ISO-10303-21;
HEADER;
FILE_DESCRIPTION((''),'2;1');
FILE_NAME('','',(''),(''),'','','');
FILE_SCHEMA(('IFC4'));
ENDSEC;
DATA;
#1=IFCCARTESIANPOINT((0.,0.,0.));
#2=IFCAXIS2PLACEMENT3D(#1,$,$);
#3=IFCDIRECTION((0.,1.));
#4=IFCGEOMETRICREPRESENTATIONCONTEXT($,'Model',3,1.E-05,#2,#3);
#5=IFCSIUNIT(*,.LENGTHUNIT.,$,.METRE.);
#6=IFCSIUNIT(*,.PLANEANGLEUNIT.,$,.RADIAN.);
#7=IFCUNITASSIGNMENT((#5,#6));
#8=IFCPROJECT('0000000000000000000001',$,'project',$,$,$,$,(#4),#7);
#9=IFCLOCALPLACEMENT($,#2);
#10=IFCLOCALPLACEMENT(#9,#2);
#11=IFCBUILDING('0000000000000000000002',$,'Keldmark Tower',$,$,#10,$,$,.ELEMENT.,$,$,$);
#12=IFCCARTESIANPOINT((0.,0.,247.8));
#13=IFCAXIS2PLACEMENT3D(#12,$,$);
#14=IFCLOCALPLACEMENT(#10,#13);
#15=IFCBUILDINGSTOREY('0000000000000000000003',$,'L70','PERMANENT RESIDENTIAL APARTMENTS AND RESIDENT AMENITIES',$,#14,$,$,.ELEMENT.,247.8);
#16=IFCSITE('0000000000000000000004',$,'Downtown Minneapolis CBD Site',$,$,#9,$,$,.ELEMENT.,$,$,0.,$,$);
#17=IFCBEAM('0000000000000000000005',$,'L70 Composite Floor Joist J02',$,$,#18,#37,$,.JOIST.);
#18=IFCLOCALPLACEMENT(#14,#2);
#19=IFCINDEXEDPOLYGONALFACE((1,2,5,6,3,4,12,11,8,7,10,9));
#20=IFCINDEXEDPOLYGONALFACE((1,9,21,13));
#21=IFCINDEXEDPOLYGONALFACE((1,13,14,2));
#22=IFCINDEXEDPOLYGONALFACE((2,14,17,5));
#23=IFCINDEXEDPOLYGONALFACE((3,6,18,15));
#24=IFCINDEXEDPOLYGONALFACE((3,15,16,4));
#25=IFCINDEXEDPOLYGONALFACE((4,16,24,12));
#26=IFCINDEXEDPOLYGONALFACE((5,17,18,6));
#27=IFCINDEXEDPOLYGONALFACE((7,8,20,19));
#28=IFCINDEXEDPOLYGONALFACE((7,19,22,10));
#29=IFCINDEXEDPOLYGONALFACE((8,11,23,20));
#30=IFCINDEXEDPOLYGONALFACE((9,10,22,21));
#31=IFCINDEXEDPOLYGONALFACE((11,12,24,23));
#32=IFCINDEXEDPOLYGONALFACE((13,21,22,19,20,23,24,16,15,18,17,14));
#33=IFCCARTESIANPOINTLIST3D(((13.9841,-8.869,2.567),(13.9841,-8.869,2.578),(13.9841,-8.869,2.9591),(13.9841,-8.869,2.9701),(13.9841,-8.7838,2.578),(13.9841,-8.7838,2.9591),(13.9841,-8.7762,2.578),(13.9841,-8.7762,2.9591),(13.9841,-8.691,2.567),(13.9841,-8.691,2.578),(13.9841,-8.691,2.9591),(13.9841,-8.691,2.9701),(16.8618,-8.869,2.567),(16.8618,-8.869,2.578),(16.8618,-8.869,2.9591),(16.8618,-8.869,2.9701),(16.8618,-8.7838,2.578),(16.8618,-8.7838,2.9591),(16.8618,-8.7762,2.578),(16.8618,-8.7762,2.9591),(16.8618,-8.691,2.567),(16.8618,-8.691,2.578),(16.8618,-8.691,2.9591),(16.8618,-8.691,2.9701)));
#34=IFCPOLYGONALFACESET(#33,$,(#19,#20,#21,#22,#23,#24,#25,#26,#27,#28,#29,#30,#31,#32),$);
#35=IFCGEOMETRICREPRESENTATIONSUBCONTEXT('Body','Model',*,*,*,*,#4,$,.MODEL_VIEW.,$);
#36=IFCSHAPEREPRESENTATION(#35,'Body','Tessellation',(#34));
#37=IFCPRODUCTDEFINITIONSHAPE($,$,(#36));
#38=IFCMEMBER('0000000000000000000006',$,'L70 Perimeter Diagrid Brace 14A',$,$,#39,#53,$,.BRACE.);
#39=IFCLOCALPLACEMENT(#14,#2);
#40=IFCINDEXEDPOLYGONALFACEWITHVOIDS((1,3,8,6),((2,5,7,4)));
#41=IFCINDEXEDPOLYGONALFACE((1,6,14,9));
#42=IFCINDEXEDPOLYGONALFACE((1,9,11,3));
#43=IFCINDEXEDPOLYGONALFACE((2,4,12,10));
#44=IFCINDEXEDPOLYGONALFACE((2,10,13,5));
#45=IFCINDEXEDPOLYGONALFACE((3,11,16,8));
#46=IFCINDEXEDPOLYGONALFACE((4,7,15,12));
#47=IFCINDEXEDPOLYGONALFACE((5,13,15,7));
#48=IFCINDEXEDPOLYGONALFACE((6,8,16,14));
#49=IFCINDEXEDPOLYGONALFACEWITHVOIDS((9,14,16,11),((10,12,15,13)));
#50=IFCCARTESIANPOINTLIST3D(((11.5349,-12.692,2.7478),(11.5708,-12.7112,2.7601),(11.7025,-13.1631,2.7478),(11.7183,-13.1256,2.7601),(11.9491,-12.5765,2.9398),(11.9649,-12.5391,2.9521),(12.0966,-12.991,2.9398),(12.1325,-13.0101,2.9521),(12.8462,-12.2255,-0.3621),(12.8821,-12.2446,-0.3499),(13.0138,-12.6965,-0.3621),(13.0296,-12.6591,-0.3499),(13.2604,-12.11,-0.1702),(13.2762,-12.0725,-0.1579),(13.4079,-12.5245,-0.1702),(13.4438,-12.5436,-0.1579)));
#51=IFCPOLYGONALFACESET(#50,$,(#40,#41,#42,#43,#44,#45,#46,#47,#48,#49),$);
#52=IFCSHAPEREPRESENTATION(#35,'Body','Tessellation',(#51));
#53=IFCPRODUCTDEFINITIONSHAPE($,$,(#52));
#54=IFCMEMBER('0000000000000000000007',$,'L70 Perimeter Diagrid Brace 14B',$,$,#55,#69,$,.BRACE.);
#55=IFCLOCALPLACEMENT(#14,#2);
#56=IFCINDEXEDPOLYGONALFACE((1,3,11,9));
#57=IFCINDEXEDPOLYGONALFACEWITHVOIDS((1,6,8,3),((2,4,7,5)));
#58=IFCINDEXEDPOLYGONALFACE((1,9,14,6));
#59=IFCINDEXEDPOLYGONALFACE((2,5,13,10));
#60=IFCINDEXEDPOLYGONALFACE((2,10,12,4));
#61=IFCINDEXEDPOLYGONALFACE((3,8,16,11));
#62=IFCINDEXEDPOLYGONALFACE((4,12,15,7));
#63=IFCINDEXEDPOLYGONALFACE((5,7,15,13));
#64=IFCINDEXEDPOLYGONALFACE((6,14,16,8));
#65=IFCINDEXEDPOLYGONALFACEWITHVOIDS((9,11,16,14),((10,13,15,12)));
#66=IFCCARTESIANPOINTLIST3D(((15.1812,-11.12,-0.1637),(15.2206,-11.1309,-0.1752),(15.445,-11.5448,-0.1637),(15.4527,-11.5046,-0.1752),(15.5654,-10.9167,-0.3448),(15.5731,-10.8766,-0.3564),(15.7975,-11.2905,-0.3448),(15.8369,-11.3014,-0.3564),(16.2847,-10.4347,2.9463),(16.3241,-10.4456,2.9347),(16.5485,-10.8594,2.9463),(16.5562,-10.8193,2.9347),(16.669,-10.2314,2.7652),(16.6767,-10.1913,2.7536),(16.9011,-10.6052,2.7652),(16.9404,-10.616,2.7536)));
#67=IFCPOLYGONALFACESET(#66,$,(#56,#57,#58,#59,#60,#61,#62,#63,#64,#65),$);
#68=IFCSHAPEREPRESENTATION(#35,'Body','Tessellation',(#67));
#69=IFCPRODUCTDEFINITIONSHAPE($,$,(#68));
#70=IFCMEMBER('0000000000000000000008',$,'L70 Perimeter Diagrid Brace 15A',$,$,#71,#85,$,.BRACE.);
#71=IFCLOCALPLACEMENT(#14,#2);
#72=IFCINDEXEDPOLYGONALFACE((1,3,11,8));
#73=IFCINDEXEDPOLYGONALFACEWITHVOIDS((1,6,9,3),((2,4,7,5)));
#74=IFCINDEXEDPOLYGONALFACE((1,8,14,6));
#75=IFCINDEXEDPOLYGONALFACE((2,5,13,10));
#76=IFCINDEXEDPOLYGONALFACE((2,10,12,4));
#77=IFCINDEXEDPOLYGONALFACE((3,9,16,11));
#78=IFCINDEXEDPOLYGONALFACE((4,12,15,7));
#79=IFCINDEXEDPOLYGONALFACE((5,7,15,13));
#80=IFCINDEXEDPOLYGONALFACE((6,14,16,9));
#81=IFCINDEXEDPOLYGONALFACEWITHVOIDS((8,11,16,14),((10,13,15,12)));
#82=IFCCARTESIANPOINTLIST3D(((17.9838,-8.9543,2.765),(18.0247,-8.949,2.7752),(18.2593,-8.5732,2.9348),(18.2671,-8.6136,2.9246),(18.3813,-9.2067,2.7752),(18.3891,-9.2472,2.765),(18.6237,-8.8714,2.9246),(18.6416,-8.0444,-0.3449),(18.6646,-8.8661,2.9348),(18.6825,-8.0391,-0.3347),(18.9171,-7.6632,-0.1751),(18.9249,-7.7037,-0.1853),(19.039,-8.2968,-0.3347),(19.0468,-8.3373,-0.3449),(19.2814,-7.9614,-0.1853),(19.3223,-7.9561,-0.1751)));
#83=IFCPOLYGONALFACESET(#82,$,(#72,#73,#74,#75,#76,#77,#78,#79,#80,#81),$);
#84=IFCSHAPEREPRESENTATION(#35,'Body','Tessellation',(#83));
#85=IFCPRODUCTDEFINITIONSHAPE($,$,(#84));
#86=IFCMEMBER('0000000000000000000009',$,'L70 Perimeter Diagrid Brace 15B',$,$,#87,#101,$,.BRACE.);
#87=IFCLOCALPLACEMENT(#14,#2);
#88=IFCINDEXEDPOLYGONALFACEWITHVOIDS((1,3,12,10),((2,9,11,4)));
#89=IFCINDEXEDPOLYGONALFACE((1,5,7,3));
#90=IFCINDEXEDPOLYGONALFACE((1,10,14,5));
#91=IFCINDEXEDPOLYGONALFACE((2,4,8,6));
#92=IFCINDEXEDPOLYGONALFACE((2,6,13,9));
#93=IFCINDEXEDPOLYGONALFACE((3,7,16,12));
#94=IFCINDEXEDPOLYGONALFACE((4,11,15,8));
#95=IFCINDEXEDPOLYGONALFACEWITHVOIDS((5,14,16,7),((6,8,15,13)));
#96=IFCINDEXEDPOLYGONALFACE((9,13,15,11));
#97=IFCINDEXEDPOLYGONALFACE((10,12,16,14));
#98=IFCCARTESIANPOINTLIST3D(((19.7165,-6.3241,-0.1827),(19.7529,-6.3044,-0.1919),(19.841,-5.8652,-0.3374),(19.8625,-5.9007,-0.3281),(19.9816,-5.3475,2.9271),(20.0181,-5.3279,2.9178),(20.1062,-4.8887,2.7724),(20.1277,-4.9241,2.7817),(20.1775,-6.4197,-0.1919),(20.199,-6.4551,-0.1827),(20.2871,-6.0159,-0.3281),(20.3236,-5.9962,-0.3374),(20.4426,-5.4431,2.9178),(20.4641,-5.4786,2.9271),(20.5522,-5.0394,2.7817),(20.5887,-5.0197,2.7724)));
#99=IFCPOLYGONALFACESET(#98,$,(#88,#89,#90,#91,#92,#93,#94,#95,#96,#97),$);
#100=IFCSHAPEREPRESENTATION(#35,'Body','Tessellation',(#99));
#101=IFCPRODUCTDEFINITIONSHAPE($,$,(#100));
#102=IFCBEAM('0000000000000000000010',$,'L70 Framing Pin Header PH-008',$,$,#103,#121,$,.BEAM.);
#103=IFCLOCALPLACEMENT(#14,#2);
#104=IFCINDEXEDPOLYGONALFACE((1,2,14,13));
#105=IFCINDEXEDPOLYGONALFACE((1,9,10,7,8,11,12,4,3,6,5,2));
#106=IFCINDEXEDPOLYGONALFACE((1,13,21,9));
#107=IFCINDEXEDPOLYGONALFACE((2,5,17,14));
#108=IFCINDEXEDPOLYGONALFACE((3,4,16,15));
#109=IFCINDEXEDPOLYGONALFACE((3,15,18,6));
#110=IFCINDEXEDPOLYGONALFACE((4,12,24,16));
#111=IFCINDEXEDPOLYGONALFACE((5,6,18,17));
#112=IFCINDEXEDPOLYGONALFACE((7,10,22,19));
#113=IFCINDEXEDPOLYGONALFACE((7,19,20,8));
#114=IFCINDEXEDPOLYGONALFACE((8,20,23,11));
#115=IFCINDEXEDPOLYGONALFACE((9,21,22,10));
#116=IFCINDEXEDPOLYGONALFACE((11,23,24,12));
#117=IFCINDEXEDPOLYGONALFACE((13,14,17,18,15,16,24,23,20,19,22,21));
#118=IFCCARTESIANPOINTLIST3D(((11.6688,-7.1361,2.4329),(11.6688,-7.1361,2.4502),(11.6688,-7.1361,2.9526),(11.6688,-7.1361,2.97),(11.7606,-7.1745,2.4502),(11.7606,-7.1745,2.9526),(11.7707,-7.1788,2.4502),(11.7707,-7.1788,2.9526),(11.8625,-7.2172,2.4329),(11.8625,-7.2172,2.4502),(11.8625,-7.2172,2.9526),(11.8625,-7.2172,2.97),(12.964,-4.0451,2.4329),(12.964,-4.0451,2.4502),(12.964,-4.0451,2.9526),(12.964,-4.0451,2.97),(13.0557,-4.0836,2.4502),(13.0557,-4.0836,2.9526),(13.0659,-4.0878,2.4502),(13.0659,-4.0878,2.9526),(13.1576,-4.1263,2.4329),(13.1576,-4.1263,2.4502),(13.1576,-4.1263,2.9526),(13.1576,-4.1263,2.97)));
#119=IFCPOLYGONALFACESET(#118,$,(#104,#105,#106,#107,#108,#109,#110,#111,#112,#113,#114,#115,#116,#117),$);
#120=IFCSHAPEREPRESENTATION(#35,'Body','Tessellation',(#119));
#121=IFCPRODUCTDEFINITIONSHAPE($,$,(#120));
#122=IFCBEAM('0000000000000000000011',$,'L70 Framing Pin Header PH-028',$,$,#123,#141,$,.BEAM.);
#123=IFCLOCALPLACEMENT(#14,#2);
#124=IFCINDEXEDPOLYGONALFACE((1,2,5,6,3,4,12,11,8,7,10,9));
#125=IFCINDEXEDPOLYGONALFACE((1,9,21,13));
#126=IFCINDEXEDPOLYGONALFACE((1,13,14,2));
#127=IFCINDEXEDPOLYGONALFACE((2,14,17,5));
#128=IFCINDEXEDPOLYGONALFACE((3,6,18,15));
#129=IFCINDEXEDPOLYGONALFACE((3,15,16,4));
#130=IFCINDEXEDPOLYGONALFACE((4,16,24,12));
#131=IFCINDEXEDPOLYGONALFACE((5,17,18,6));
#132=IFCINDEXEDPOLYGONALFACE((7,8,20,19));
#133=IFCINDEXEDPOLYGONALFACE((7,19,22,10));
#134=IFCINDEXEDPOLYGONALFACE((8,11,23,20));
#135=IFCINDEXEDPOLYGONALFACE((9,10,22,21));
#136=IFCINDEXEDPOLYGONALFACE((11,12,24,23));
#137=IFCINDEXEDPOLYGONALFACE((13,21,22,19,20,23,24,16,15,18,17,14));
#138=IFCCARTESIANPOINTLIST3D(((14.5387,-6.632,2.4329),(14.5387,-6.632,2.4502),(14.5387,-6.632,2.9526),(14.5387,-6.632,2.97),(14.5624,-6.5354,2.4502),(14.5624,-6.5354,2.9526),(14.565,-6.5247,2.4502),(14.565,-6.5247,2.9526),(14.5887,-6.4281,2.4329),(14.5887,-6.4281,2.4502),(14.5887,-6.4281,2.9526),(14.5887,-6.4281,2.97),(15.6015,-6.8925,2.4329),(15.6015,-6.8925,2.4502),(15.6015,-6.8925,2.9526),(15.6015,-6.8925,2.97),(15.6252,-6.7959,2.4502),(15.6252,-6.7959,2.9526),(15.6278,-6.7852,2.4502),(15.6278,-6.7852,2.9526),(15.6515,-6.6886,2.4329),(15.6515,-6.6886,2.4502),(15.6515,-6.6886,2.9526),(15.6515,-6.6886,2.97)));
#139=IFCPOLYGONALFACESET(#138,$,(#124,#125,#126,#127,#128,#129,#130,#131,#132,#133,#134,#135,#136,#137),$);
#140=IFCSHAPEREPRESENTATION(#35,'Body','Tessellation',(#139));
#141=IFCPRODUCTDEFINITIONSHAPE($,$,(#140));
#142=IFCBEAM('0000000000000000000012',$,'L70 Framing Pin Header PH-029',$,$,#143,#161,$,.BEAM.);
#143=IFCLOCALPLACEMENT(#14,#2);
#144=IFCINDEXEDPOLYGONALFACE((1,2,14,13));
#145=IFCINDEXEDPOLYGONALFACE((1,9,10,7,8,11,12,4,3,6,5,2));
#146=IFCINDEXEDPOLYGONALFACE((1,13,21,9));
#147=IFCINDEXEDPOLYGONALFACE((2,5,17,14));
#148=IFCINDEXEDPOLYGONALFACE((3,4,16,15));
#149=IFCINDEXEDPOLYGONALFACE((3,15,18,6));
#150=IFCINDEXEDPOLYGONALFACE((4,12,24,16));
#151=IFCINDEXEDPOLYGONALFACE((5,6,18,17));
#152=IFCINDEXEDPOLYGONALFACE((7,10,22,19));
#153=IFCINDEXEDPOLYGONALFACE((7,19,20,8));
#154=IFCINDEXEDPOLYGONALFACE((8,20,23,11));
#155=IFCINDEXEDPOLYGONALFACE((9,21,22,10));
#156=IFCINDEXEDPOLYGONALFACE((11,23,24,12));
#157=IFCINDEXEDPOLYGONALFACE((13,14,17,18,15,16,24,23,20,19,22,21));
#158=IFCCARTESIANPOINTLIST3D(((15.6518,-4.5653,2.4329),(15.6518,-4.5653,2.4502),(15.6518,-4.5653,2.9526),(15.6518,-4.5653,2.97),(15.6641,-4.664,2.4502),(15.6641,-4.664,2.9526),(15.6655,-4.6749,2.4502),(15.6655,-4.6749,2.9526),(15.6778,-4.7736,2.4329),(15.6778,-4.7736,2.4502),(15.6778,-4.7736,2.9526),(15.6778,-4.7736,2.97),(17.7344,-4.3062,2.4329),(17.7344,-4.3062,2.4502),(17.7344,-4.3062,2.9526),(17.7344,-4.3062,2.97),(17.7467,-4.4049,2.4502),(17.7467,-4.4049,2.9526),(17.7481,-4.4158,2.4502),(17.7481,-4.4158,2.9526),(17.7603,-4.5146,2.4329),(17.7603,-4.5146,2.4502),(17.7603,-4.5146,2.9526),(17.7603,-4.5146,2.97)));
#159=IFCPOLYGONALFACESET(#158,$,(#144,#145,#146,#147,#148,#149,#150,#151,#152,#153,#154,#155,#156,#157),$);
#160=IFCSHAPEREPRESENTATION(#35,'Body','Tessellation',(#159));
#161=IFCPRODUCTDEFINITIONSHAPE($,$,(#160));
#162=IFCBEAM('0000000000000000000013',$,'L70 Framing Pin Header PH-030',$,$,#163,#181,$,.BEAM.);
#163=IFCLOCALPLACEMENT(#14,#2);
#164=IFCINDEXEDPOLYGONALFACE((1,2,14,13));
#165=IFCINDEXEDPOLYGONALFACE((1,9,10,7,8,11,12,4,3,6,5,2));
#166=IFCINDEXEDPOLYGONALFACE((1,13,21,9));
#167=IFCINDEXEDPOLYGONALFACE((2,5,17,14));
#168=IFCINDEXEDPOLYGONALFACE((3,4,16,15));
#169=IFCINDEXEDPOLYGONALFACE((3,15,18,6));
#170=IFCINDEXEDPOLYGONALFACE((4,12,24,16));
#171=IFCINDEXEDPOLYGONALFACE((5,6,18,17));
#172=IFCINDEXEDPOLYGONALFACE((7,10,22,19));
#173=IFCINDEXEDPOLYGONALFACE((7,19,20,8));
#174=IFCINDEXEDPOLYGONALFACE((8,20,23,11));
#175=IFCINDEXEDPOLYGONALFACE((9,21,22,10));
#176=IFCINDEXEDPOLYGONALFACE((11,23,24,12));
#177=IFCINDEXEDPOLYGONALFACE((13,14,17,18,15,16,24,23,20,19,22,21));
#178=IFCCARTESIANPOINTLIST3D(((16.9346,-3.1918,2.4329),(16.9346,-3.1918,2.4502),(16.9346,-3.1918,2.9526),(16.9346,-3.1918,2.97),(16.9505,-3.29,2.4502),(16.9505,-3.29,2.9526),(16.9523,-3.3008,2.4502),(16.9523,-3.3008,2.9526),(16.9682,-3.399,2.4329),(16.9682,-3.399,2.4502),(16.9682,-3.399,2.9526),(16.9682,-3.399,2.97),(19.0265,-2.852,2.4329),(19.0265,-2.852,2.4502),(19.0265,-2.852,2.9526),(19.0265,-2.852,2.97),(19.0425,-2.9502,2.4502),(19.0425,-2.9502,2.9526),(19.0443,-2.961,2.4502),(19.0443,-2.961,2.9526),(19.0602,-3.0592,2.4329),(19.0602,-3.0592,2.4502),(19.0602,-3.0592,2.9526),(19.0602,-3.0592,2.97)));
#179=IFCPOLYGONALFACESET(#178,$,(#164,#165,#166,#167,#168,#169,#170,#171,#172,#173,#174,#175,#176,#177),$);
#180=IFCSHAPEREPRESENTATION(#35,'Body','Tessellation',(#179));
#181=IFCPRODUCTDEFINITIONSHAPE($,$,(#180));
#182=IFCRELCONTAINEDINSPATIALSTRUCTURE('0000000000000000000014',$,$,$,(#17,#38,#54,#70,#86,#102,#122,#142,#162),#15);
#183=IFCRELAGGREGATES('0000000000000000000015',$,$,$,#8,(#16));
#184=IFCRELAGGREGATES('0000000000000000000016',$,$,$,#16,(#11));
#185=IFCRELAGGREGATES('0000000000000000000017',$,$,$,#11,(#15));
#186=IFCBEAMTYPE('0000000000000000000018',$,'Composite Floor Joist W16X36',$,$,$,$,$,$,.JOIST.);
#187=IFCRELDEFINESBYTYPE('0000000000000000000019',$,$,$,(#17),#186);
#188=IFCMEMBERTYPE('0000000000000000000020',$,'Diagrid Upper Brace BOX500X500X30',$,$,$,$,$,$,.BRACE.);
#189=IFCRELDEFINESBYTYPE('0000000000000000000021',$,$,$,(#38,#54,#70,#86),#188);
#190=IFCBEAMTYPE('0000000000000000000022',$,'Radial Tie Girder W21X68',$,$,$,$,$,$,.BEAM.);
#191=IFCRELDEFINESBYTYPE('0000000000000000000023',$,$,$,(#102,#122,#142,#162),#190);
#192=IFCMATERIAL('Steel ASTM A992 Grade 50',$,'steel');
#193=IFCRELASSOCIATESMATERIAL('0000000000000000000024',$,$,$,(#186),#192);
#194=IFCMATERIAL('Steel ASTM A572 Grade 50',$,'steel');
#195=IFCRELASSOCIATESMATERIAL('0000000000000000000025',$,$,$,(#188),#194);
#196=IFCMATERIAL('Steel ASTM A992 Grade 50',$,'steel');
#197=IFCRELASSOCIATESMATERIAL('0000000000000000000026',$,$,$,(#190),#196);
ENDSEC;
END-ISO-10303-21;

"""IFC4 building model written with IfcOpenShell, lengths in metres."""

from ifc_helpers import new_model, si_unit, direction, frame, origin, origin_2d, place, context, subcontext, project, spatial, hollow_rectangle, i_section, extrude, material, material_profile, profile_set, type_object, element, save


model = new_model("IFC4")

# Units and contexts
model_context = context("Model", 3, precision=1e-05, world=origin(), true_north=direction((0.0, 1.0)))
body_context = subcontext(model_context, "Body", "Model", "MODEL_VIEW")
ifc_project = project(units=[si_unit("LENGTHUNIT", "METRE"), si_unit("PLANEANGLEUNIT", "RADIAN")], contexts=[model_context])

# Site, building, storey
site_placement = place(None, origin())
site = spatial("IfcSite", under=ifc_project, at=site_placement, Name="Downtown Minneapolis CBD Site", CompositionType="ELEMENT", RefElevation=0.0)
building_placement = place(site_placement, origin())
building = spatial("IfcBuilding", under=site, at=building_placement, Name="Keldmark Tower", CompositionType="ELEMENT")
storey_placement = place(building_placement, frame((0.0, 0.0, 247.8)))
storey = spatial("IfcBuildingStorey", under=building, at=storey_placement, Name="L70", Description="PERMANENT RESIDENTIAL APARTMENTS AND RESIDENT AMENITIES", CompositionType="ELEMENT", Elevation=247.8)

# Beam
ifc_material_1 = material(Name="Steel ASTM A992 Grade 50", Category="steel")
ifc_material_profile_1 = material_profile(ifc_material_1, i_section(OverallWidth=0.178, OverallDepth=0.4031, WebThickness=0.0076, FlangeThickness=0.011, at=origin_2d()), Name="W16X36")
ifc_profile_set_1 = profile_set([ifc_material_profile_1], Name="Steel ASTM A992 Grade 50")
beam_type_1 = type_object("IfcBeamType", Name="Composite Floor Joist W16X36", PredefinedType="JOIST", material=ifc_profile_set_1)
beam_1_placement = place(storey_placement, frame((13.9841, -8.78, 2.7686), z_axis=(1.0, 0.0, 0.0), x_axis=(0.0, 1.0, 0.0)))
element("IfcBeam", 1, at=beam_1_placement, inside=storey, type_object=beam_type_1, Name="L70 Composite Floor Joist J02", PredefinedType="JOIST", context=body_context, shape_type="SweptSolid", body=[
    extrude(i_section(OverallWidth=0.178, OverallDepth=0.4031, WebThickness=0.0076, FlangeThickness=0.011, at=origin_2d()), origin(), (0.0, 0.0, 1.0), 2.8777),
])

# Members
ifc_material_2 = material(Name="Steel ASTM A572 Grade 50", Category="steel")
ifc_material_profile_2 = material_profile(ifc_material_2, hollow_rectangle(XDim=0.5, YDim=0.5, WallThickness=0.03, at=origin_2d()), Name="BOX500X500X30")
ifc_profile_set_2 = profile_set([ifc_material_profile_2], Name="Steel ASTM A572 Grade 50")
member_type = type_object("IfcMemberType", Name="Diagrid Upper Brace BOX500X500X30", PredefinedType="BRACE", material=ifc_profile_set_2)
member_1_placement = place(storey_placement, frame((13.145, -12.3845, -0.26), z_axis=(-0.384866, -0.136935, 0.912758), x_axis=(0.335214, -0.942142, 0.0)))
element("IfcMember", 2, at=member_1_placement, inside=storey, type_object=member_type, Name="L70 Perimeter Diagrid Brace 14A", PredefinedType="BRACE", context=body_context, shape_type="SweptSolid", body=[
    extrude(hollow_rectangle(XDim=0.5, YDim=0.5, WallThickness=0.03, at=origin_2d()), origin(), (0.0, 0.0, 1.0), 3.4072),
])
member_2_placement = place(storey_placement, frame((15.509, -11.2107, -0.26), z_axis=(0.327428, 0.203338, 0.922738), x_axis=(-0.527564, 0.849515, 0.0)))
element("IfcMember", 3, at=member_2_placement, inside=storey, type_object=member_type, Name="L70 Perimeter Diagrid Brace 14B", PredefinedType="BRACE", context=body_context, shape_type="SweptSolid", body=[
    extrude(hollow_rectangle(XDim=0.5, YDim=0.5, WallThickness=0.03, at=origin_2d()), origin(), (0.0, 0.0, 1.0), 3.3704),
])
member_3_placement = place(storey_placement, frame((18.9819, -8.0002, -0.26), z_axis=(-0.198926, -0.275204, 0.94058), x_axis=(0.810444, -0.585816, 0.0)))
element("IfcMember", 4, at=member_3_placement, inside=storey, type_object=member_type, Name="L70 Perimeter Diagrid Brace 15A", PredefinedType="BRACE", context=body_context, shape_type="SweptSolid", body=[
    extrude(hollow_rectangle(XDim=0.5, YDim=0.5, WallThickness=0.03, at=origin_2d()), origin(), (0.0, 0.0, 1.0), 3.3064),
])
member_4_placement = place(storey_placement, frame((20.02, -6.1602, -0.26), z_axis=(0.081073, 0.298611, 0.950925), x_axis=(-0.965064, 0.262015, 0.0)))
element("IfcMember", 5, at=member_4_placement, inside=storey, type_object=member_type, Name="L70 Perimeter Diagrid Brace 15B", PredefinedType="BRACE", context=body_context, shape_type="SweptSolid", body=[
    extrude(hollow_rectangle(XDim=0.5, YDim=0.5, WallThickness=0.03, at=origin_2d()), origin(), (0.0, 0.0, 1.0), 3.2703),
])

# Beams
ifc_material_3 = material(Name="Steel ASTM A992 Grade 50", Category="steel")
ifc_material_profile_3 = material_profile(ifc_material_3, i_section(OverallWidth=0.21, OverallDepth=0.5371, WebThickness=0.011, FlangeThickness=0.0173, at=origin_2d()), Name="W21X68")
ifc_profile_set_3 = profile_set([ifc_material_profile_3], Name="Steel ASTM A992 Grade 50")
beam_type_2 = type_object("IfcBeamType", Name="Radial Tie Girder W21X68", PredefinedType="BEAM", material=ifc_profile_set_3)
beam_2_placement = place(storey_placement, frame((13.0608, -4.0857, 2.7014), z_axis=(-0.386451, -0.92231, 0.0), x_axis=(0.92231, -0.386451, 0.0)))
element("IfcBeam", 6, at=beam_2_placement, inside=storey, type_object=beam_type_2, Name="L70 Framing Pin Header PH-008", PredefinedType="BEAM", context=body_context, shape_type="SweptSolid", body=[
    extrude(i_section(OverallWidth=0.21, OverallDepth=0.5371, WebThickness=0.011, FlangeThickness=0.0173, at=origin_2d()), origin(), (0.0, 0.0, 1.0), 3.3513),
])
beam_3_placement = place(storey_placement, frame((14.5637, -6.53, 2.7014), z_axis=(0.971248, -0.238071, 0.0), x_axis=(0.238071, 0.971248, 0.0)))
element("IfcBeam", 7, at=beam_3_placement, inside=storey, type_object=beam_type_2, Name="L70 Framing Pin Header PH-028", PredefinedType="BEAM", context=body_context, shape_type="SweptSolid", body=[
    extrude(i_section(OverallWidth=0.21, OverallDepth=0.5371, WebThickness=0.011, FlangeThickness=0.0173, at=origin_2d()), origin(), (0.0, 0.0, 1.0), 1.0942),
])
beam_4_placement = place(storey_placement, frame((15.6648, -4.6694, 2.7014), z_axis=(0.992353, 0.123433, 0.0), x_axis=(-0.123433, 0.992353, 0.0)))
element("IfcBeam", 8, at=beam_4_placement, inside=storey, type_object=beam_type_2, Name="L70 Framing Pin Header PH-029", PredefinedType="BEAM", context=body_context, shape_type="SweptSolid", body=[
    extrude(i_section(OverallWidth=0.21, OverallDepth=0.5371, WebThickness=0.011, FlangeThickness=0.0173, at=origin_2d()), origin(), (0.0, 0.0, 1.0), 2.0986),
])
beam_5_placement = place(storey_placement, frame((16.9514, -3.2954, 2.7014), z_axis=(0.987061, 0.160344, 0.0), x_axis=(-0.160344, 0.987061, 0.0)))
element("IfcBeam", 9, at=beam_5_placement, inside=storey, type_object=beam_type_2, Name="L70 Framing Pin Header PH-030", PredefinedType="BEAM", context=body_context, shape_type="SweptSolid", body=[
    extrude(i_section(OverallWidth=0.21, OverallDepth=0.5371, WebThickness=0.011, FlangeThickness=0.0173, at=origin_2d()), origin(), (0.0, 0.0, 1.0), 2.1194),
])

save(model, "model.ifc")
